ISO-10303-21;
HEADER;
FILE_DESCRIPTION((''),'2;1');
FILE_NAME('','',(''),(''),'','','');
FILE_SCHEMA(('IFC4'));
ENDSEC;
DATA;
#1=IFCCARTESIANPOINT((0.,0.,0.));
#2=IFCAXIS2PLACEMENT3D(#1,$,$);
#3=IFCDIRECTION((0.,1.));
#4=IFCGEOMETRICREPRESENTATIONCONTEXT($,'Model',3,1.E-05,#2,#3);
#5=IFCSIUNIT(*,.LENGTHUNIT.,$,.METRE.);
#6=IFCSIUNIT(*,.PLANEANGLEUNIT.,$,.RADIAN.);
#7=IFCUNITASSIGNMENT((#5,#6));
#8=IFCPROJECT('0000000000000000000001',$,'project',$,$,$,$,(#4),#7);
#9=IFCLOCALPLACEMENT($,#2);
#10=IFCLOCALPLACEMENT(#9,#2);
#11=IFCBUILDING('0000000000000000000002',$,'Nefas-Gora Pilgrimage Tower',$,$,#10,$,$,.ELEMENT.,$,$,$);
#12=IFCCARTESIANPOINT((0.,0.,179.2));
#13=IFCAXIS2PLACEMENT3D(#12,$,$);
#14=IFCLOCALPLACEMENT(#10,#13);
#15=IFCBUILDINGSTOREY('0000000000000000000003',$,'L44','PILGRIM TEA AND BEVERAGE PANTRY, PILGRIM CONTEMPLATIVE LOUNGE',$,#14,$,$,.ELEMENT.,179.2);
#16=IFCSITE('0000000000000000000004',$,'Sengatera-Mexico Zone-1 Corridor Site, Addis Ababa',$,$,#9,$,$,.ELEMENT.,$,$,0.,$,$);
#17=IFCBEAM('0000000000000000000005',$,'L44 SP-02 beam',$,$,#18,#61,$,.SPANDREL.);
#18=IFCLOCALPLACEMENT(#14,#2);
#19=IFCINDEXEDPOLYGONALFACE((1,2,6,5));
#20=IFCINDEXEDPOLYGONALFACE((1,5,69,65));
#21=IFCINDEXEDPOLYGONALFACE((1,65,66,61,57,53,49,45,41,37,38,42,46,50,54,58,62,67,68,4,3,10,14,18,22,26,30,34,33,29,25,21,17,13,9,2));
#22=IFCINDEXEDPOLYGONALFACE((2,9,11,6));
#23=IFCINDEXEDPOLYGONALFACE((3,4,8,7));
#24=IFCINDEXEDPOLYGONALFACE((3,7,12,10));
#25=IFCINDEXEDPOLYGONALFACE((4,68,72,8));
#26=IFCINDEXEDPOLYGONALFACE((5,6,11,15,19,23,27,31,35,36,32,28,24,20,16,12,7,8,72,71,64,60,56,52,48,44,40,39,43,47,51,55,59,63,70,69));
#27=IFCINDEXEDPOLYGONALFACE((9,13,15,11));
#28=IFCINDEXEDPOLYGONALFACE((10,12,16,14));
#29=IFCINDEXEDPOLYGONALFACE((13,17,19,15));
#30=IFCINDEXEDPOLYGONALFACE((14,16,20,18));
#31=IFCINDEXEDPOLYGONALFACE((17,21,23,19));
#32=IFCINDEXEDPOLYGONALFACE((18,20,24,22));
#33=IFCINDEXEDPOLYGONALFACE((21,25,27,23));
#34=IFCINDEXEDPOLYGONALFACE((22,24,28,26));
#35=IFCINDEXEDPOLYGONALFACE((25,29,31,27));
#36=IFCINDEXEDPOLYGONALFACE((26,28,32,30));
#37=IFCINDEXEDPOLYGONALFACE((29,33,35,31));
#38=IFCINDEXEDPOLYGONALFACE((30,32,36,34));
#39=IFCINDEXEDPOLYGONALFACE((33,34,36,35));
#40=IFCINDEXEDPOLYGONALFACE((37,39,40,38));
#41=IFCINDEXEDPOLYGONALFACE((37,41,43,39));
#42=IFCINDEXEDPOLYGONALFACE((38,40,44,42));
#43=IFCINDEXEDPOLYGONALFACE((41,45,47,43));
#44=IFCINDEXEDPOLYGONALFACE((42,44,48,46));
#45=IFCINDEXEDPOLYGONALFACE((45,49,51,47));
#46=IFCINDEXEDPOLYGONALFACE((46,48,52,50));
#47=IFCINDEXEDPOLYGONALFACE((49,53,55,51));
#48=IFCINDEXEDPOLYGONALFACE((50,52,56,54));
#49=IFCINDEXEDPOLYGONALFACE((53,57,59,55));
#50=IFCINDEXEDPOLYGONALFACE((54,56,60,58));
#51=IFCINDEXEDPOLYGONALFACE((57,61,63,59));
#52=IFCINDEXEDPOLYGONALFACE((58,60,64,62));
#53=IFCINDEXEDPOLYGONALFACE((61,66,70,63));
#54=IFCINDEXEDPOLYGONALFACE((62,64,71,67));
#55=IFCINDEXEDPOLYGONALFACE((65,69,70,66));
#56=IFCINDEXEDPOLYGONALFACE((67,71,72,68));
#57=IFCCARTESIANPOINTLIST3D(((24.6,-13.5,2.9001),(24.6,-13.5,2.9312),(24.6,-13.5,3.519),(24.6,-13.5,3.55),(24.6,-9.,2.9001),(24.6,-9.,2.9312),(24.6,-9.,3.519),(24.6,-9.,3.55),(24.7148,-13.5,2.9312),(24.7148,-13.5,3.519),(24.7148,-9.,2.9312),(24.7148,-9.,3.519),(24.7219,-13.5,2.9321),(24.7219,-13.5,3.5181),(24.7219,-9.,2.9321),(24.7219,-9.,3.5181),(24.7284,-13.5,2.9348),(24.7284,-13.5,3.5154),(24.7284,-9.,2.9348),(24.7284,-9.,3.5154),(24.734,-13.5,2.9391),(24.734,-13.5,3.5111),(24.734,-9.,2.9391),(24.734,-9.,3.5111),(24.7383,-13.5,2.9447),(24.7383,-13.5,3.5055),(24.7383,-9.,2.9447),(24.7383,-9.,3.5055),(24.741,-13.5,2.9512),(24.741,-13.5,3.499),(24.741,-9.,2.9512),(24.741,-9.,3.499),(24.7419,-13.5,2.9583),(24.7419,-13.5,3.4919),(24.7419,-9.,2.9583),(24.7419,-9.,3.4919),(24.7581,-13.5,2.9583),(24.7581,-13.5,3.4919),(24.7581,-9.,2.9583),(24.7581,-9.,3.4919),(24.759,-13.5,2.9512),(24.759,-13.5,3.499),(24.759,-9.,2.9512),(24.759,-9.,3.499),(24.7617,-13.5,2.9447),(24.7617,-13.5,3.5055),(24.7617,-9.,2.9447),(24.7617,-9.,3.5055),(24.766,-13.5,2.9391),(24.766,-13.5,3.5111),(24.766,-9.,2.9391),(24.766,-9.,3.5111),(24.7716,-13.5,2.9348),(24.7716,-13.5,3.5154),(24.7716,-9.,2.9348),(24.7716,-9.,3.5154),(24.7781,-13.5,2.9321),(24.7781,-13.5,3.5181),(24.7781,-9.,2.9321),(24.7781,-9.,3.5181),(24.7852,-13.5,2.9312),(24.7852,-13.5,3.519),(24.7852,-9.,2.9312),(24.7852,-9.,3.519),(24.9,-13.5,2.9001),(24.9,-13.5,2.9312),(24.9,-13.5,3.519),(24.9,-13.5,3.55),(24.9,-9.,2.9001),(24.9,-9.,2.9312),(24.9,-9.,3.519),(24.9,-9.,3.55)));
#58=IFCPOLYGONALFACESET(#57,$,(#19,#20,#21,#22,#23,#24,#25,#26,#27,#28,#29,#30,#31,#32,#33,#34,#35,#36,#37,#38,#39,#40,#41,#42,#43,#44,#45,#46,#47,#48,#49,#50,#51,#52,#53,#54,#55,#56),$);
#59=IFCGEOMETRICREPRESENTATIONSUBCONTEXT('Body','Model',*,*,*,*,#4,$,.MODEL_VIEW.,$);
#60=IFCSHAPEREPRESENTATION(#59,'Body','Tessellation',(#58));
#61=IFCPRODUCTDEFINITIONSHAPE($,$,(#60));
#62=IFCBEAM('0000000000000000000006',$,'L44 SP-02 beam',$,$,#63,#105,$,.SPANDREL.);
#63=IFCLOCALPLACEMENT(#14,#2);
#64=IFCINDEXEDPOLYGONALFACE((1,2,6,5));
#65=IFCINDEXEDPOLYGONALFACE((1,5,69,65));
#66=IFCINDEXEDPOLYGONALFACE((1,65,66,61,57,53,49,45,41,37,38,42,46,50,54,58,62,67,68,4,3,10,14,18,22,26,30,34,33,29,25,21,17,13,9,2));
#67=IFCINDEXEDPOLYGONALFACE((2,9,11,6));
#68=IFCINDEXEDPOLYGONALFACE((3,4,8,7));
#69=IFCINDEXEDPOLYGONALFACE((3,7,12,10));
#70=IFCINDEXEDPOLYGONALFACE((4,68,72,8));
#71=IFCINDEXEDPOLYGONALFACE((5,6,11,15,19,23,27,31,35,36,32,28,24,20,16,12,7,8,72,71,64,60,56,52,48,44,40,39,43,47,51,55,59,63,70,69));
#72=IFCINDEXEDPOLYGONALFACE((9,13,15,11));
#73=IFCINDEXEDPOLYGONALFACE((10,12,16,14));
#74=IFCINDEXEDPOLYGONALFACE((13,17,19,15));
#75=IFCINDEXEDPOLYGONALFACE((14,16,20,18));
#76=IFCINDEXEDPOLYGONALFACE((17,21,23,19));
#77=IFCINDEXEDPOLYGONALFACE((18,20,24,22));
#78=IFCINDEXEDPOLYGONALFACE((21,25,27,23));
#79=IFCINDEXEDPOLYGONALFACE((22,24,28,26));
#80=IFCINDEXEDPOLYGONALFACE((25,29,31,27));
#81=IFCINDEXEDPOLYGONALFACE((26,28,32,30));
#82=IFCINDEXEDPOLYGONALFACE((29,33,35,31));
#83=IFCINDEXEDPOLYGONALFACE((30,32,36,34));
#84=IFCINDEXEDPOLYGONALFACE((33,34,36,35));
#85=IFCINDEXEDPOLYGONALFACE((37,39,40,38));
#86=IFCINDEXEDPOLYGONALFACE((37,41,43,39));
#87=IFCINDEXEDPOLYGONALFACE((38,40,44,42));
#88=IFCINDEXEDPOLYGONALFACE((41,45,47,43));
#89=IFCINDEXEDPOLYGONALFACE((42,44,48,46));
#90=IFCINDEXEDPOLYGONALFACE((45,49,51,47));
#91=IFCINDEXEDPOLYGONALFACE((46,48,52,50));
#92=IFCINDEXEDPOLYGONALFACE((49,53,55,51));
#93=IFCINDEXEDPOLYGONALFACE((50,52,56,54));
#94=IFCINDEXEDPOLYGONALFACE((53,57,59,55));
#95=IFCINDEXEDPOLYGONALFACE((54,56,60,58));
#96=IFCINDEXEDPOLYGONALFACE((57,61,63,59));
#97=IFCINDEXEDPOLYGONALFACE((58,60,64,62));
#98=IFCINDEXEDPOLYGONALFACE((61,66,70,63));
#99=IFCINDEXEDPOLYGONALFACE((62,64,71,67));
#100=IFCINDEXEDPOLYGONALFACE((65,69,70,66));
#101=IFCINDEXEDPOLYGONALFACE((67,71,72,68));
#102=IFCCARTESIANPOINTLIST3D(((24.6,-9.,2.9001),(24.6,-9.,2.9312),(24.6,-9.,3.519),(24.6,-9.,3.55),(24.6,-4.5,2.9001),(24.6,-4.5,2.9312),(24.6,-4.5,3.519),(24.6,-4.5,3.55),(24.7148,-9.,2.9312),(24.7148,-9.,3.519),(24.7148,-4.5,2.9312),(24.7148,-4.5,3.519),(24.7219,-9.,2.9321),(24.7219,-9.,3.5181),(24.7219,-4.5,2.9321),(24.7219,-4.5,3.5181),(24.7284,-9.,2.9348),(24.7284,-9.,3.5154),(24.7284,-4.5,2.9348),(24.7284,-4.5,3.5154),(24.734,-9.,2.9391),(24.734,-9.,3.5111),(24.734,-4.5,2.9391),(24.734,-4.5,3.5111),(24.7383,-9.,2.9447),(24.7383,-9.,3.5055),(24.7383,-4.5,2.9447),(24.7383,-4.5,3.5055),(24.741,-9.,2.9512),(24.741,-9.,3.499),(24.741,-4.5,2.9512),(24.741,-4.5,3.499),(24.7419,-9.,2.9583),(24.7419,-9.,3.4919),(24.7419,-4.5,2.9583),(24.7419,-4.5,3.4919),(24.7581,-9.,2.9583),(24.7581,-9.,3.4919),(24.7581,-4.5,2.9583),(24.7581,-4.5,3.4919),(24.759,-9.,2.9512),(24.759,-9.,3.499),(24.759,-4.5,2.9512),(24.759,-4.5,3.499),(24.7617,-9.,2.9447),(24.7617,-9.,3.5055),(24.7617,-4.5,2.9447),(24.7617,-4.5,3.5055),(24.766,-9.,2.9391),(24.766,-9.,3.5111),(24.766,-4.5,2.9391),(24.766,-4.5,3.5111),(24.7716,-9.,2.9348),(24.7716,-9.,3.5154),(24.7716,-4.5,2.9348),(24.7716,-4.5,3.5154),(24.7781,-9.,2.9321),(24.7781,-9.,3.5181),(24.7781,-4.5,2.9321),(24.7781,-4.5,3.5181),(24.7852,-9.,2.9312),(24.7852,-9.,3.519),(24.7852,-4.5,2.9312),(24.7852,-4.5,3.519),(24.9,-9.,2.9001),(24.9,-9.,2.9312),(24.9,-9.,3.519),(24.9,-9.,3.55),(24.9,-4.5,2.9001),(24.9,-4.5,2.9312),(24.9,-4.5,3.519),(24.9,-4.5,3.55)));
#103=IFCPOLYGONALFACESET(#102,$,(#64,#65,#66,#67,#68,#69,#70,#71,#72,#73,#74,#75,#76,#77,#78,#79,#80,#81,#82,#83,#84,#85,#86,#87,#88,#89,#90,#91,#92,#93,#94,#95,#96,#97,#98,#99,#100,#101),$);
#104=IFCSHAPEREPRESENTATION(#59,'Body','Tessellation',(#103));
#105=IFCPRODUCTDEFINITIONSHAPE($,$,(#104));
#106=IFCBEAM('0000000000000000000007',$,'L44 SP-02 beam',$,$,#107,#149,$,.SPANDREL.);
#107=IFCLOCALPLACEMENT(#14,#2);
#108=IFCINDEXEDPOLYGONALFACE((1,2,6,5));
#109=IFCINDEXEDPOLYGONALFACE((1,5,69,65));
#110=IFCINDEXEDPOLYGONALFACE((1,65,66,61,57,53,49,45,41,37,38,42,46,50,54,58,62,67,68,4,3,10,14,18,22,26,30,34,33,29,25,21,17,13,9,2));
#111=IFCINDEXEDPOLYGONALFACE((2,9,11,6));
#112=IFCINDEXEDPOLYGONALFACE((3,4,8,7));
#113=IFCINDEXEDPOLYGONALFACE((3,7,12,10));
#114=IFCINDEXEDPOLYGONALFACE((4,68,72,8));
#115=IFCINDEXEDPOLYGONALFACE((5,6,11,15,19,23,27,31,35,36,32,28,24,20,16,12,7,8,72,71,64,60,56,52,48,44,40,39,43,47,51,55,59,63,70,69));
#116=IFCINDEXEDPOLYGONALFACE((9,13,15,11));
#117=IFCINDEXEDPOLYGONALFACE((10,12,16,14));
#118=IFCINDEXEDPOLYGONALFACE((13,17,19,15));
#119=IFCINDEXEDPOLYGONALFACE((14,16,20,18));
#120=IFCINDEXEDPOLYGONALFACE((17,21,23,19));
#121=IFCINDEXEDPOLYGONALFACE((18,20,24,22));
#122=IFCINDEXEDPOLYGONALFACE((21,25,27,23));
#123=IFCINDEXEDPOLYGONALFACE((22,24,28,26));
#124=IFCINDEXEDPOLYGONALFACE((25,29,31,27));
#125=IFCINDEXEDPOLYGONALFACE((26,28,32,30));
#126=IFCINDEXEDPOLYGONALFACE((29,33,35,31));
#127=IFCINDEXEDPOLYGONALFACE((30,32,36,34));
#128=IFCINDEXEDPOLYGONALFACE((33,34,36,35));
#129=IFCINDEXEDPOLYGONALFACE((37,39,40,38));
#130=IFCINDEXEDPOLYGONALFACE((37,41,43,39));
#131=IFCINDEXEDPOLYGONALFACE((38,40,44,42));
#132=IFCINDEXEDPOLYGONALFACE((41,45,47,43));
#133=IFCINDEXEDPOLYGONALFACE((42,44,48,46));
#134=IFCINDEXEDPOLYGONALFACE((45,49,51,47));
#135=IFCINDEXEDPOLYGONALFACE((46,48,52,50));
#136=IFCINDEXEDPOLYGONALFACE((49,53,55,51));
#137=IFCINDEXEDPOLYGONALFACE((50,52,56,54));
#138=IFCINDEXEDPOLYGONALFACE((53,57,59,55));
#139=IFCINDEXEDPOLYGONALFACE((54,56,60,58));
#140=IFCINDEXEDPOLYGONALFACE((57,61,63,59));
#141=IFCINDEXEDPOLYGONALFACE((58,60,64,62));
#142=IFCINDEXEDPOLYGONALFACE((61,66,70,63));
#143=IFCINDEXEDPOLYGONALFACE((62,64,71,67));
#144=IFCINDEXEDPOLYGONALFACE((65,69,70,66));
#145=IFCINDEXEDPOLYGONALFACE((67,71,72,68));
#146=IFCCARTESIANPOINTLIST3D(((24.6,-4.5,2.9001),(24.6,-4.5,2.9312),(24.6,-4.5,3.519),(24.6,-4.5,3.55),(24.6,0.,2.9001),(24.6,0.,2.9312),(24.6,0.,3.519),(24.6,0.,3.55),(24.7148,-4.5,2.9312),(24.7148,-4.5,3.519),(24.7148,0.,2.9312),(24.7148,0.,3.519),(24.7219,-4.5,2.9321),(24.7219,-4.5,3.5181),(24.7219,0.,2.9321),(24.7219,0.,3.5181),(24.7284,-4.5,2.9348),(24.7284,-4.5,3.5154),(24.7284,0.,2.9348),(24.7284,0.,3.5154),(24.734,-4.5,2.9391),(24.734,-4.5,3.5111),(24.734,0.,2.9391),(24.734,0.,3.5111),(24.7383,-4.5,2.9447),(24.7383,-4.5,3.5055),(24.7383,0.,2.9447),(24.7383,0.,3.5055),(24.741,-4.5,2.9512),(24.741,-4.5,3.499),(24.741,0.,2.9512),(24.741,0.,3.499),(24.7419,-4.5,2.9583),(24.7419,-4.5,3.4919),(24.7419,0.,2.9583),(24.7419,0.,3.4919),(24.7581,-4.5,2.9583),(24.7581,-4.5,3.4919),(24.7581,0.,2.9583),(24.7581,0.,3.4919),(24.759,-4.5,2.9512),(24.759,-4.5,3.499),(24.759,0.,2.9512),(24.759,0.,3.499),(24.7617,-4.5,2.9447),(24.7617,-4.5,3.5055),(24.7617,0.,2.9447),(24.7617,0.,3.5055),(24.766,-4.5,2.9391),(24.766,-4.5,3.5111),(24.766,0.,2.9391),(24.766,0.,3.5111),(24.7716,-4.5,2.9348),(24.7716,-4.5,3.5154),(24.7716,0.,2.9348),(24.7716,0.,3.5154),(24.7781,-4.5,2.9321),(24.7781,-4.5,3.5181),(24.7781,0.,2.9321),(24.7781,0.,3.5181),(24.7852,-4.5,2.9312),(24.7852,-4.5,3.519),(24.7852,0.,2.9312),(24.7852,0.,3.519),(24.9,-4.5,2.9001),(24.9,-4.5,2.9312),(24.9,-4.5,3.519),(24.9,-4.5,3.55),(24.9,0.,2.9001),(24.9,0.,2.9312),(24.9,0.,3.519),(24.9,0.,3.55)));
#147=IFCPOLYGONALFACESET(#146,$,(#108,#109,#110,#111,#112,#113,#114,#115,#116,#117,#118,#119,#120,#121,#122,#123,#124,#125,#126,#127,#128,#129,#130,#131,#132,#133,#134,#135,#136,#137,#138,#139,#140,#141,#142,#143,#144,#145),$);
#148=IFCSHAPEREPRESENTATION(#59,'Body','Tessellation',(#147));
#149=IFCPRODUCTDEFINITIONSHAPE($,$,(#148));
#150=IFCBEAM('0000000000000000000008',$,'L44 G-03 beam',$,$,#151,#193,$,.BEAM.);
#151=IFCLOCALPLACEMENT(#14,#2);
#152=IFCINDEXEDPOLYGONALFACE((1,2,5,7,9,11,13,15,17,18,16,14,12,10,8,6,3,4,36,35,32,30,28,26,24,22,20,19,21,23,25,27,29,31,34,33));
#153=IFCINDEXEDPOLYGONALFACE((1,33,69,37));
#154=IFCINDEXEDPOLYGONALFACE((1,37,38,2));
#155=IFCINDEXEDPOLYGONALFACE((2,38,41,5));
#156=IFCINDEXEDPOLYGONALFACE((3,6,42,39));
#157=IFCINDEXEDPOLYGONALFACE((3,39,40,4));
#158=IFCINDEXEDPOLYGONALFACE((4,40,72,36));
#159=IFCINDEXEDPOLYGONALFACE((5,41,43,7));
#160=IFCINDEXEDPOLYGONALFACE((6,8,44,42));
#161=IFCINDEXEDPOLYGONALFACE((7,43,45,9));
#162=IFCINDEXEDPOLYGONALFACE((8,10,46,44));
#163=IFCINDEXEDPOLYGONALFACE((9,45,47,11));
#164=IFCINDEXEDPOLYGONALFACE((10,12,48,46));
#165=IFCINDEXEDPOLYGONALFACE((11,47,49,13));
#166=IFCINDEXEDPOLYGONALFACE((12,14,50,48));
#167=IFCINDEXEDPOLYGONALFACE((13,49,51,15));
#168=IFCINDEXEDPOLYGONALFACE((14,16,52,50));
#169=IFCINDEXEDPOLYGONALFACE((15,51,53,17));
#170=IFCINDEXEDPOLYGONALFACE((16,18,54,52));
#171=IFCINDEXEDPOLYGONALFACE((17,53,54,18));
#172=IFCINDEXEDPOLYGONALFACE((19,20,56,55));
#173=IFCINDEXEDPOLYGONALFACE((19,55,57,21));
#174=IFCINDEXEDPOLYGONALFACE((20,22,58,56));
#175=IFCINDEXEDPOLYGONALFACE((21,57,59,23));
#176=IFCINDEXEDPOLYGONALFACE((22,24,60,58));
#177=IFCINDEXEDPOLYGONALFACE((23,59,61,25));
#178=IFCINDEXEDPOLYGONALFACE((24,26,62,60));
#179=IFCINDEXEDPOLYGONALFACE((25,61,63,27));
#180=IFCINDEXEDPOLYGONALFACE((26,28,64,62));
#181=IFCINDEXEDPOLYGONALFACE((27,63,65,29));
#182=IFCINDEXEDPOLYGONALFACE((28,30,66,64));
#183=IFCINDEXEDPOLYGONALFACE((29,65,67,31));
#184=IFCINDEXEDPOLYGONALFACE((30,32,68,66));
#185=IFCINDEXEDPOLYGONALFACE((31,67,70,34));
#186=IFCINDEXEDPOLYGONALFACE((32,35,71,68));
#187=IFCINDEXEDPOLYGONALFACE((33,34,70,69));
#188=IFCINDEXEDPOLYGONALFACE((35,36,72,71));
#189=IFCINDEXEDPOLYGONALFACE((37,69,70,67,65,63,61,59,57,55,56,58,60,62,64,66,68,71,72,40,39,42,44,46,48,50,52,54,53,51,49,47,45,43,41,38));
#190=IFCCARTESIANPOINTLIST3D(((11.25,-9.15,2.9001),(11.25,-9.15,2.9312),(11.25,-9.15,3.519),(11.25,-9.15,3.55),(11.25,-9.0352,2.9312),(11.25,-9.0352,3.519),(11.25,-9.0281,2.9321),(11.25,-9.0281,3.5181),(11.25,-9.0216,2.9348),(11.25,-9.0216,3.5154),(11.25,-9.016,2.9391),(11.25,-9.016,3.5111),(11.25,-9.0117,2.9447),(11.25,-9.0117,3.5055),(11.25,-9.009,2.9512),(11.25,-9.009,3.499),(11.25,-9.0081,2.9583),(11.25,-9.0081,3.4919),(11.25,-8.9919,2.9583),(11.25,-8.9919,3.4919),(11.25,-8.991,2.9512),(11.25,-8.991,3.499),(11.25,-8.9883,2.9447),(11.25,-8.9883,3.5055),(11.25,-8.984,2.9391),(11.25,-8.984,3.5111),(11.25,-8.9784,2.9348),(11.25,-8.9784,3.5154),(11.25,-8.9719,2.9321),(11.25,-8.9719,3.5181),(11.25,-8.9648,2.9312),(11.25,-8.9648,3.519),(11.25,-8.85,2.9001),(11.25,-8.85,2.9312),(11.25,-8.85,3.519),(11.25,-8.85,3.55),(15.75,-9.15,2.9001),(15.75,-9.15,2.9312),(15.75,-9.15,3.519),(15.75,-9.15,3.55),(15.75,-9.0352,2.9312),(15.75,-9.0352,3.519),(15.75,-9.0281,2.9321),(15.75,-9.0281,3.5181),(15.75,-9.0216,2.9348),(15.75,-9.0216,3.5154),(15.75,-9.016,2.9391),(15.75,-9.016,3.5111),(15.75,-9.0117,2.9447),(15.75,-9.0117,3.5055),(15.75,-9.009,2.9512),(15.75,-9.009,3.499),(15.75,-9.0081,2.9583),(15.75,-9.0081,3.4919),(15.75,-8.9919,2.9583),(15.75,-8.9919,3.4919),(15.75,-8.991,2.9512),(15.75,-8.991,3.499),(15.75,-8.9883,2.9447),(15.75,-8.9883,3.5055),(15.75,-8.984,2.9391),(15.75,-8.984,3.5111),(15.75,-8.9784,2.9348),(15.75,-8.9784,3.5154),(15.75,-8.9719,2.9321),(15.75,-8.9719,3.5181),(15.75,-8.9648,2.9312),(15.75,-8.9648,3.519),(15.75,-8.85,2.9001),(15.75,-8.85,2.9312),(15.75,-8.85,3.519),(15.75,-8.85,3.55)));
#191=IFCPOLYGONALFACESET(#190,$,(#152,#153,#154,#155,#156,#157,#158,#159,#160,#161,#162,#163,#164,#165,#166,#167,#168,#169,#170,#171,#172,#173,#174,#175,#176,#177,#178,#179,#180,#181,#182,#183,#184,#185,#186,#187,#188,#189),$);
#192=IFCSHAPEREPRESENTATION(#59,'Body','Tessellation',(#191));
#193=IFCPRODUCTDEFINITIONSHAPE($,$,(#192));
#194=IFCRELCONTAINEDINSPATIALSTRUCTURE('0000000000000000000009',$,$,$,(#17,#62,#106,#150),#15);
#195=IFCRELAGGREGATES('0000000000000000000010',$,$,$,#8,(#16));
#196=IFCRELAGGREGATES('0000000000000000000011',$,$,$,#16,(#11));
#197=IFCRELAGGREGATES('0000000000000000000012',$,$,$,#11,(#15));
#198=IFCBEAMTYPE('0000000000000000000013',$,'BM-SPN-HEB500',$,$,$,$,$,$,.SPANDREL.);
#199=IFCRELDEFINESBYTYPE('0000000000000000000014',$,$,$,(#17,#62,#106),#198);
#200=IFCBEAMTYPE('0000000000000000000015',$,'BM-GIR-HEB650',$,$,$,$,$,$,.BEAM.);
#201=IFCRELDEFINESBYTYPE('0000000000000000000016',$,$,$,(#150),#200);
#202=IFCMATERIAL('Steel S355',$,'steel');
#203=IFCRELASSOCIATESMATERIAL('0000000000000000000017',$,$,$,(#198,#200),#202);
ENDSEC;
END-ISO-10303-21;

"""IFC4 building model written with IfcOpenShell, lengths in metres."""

from ifc_helpers import new_model, si_unit, direction, frame, origin, origin_2d, place, context, subcontext, project, spatial, i_section, extrude, source, transform, mapped, material, material_profile, profile_set, type_object, element, save


model = new_model("IFC4")

# Units and contexts
model_context = context("Model", 3, precision=1e-05, world=origin(), true_north=direction((0.0, 1.0)))
body_context = subcontext(model_context, "Body", "Model", "MODEL_VIEW")
ifc_project = project(units=[si_unit("LENGTHUNIT", "METRE"), si_unit("PLANEANGLEUNIT", "RADIAN")], contexts=[model_context])

# Site, building, storey
site_placement = place(None, origin())
site = spatial("IfcSite", under=ifc_project, at=site_placement, Name="Sengatera-Mexico Zone-1 Corridor Site, Addis Ababa", CompositionType="ELEMENT", RefElevation=0.0)
building_placement = place(site_placement, origin())
building = spatial("IfcBuilding", under=site, at=building_placement, Name="Nefas-Gora Pilgrimage Tower", CompositionType="ELEMENT")
storey_placement = place(building_placement, frame((0.0, 0.0, 179.2)))
storey = spatial("IfcBuildingStorey", under=building, at=storey_placement, Name="L44", Description="PILGRIM TEA AND BEVERAGE PANTRY, PILGRIM CONTEMPLATIVE LOUNGE", CompositionType="ELEMENT", Elevation=179.2)

# Beams
ifc_material_1 = material(Name="Steel S355", Category="steel")
ifc_material_profile_1 = material_profile(ifc_material_1, i_section(OverallWidth=0.3, OverallDepth=0.6499, WebThickness=0.0161, FlangeThickness=0.031, FilletRadius=0.0271, at=origin_2d()), Name="HEB 650")
ifc_profile_set_1 = profile_set([ifc_material_profile_1], Name="Steel S355")
beam_type_1 = type_object("IfcBeamType", Name="BM-SPN-HEB500", PredefinedType="SPANDREL", material=ifc_profile_set_1)
shared_shape_1 = source(origin(), body_context, "Body", "SweptSolid", [
    extrude(i_section(OverallWidth=0.3, OverallDepth=0.6499, WebThickness=0.0161, FlangeThickness=0.031, FilletRadius=0.0271, at=origin_2d()), origin(), (0.0, 0.0, 1.0), 4.5),
])
for number, where, z_axis, x_axis, name in (
    (1, (24.75, -13.5, 3.2251), (0.0, 1.0, 0.0), (-1.0, 0.0, 0.0), "L44 SP-02 beam"),
    (2, (24.75, -9.0, 3.2251), (0.0, 1.0, 0.0), (-1.0, 0.0, 0.0), "L44 SP-02 beam"),
    (3, (24.75, -4.5, 3.2251), (0.0, 1.0, 0.0), (-1.0, 0.0, 0.0), "L44 SP-02 beam"),
):
    element("IfcBeam", number, at=place(storey_placement, frame(where, z_axis=z_axis, x_axis=x_axis)), inside=storey, type_object=beam_type_1, Name=name, PredefinedType="SPANDREL", context=body_context, shape_type="MappedRepresentation", body=[
        mapped(shared_shape_1, transform((0.0, 0.0, 0.0), x_axis=(1.0, 0.0, 0.0), y_axis=(0.0, 1.0, 0.0), z_axis=(0.0, 0.0, 1.0), scale=1.0)),
    ])
ifc_material_profile_2 = material_profile(ifc_material_1, i_section(OverallWidth=0.3, OverallDepth=0.6499, WebThickness=0.0161, FlangeThickness=0.031, FilletRadius=0.0271, at=origin_2d()), Name="HEB 650")
ifc_profile_set_2 = profile_set([ifc_material_profile_2], Name="Steel S355")
beam_type_2 = type_object("IfcBeamType", Name="BM-GIR-HEB650", PredefinedType="BEAM", material=ifc_profile_set_2)
shared_shape_2 = source(origin(), body_context, "Body", "SweptSolid", [
    extrude(i_section(OverallWidth=0.3, OverallDepth=0.6499, WebThickness=0.0161, FlangeThickness=0.031, FilletRadius=0.0271, at=origin_2d()), origin(), (0.0, 0.0, 1.0), 4.5),
])
for number, where, z_axis, x_axis, name in (
    (4, (11.25, -9.0, 3.2251), (1.0, 0.0, 0.0), (0.0, 1.0, 0.0), "L44 G-03 beam"),
):
    element("IfcBeam", number, at=place(storey_placement, frame(where, z_axis=z_axis, x_axis=x_axis)), inside=storey, type_object=beam_type_2, Name=name, PredefinedType="BEAM", context=body_context, shape_type="MappedRepresentation", body=[
        mapped(shared_shape_2, transform((0.0, 0.0, 0.0), x_axis=(1.0, 0.0, 0.0), y_axis=(0.0, 1.0, 0.0), z_axis=(0.0, 0.0, 1.0), scale=1.0)),
    ])

save(model, "model.ifc")
